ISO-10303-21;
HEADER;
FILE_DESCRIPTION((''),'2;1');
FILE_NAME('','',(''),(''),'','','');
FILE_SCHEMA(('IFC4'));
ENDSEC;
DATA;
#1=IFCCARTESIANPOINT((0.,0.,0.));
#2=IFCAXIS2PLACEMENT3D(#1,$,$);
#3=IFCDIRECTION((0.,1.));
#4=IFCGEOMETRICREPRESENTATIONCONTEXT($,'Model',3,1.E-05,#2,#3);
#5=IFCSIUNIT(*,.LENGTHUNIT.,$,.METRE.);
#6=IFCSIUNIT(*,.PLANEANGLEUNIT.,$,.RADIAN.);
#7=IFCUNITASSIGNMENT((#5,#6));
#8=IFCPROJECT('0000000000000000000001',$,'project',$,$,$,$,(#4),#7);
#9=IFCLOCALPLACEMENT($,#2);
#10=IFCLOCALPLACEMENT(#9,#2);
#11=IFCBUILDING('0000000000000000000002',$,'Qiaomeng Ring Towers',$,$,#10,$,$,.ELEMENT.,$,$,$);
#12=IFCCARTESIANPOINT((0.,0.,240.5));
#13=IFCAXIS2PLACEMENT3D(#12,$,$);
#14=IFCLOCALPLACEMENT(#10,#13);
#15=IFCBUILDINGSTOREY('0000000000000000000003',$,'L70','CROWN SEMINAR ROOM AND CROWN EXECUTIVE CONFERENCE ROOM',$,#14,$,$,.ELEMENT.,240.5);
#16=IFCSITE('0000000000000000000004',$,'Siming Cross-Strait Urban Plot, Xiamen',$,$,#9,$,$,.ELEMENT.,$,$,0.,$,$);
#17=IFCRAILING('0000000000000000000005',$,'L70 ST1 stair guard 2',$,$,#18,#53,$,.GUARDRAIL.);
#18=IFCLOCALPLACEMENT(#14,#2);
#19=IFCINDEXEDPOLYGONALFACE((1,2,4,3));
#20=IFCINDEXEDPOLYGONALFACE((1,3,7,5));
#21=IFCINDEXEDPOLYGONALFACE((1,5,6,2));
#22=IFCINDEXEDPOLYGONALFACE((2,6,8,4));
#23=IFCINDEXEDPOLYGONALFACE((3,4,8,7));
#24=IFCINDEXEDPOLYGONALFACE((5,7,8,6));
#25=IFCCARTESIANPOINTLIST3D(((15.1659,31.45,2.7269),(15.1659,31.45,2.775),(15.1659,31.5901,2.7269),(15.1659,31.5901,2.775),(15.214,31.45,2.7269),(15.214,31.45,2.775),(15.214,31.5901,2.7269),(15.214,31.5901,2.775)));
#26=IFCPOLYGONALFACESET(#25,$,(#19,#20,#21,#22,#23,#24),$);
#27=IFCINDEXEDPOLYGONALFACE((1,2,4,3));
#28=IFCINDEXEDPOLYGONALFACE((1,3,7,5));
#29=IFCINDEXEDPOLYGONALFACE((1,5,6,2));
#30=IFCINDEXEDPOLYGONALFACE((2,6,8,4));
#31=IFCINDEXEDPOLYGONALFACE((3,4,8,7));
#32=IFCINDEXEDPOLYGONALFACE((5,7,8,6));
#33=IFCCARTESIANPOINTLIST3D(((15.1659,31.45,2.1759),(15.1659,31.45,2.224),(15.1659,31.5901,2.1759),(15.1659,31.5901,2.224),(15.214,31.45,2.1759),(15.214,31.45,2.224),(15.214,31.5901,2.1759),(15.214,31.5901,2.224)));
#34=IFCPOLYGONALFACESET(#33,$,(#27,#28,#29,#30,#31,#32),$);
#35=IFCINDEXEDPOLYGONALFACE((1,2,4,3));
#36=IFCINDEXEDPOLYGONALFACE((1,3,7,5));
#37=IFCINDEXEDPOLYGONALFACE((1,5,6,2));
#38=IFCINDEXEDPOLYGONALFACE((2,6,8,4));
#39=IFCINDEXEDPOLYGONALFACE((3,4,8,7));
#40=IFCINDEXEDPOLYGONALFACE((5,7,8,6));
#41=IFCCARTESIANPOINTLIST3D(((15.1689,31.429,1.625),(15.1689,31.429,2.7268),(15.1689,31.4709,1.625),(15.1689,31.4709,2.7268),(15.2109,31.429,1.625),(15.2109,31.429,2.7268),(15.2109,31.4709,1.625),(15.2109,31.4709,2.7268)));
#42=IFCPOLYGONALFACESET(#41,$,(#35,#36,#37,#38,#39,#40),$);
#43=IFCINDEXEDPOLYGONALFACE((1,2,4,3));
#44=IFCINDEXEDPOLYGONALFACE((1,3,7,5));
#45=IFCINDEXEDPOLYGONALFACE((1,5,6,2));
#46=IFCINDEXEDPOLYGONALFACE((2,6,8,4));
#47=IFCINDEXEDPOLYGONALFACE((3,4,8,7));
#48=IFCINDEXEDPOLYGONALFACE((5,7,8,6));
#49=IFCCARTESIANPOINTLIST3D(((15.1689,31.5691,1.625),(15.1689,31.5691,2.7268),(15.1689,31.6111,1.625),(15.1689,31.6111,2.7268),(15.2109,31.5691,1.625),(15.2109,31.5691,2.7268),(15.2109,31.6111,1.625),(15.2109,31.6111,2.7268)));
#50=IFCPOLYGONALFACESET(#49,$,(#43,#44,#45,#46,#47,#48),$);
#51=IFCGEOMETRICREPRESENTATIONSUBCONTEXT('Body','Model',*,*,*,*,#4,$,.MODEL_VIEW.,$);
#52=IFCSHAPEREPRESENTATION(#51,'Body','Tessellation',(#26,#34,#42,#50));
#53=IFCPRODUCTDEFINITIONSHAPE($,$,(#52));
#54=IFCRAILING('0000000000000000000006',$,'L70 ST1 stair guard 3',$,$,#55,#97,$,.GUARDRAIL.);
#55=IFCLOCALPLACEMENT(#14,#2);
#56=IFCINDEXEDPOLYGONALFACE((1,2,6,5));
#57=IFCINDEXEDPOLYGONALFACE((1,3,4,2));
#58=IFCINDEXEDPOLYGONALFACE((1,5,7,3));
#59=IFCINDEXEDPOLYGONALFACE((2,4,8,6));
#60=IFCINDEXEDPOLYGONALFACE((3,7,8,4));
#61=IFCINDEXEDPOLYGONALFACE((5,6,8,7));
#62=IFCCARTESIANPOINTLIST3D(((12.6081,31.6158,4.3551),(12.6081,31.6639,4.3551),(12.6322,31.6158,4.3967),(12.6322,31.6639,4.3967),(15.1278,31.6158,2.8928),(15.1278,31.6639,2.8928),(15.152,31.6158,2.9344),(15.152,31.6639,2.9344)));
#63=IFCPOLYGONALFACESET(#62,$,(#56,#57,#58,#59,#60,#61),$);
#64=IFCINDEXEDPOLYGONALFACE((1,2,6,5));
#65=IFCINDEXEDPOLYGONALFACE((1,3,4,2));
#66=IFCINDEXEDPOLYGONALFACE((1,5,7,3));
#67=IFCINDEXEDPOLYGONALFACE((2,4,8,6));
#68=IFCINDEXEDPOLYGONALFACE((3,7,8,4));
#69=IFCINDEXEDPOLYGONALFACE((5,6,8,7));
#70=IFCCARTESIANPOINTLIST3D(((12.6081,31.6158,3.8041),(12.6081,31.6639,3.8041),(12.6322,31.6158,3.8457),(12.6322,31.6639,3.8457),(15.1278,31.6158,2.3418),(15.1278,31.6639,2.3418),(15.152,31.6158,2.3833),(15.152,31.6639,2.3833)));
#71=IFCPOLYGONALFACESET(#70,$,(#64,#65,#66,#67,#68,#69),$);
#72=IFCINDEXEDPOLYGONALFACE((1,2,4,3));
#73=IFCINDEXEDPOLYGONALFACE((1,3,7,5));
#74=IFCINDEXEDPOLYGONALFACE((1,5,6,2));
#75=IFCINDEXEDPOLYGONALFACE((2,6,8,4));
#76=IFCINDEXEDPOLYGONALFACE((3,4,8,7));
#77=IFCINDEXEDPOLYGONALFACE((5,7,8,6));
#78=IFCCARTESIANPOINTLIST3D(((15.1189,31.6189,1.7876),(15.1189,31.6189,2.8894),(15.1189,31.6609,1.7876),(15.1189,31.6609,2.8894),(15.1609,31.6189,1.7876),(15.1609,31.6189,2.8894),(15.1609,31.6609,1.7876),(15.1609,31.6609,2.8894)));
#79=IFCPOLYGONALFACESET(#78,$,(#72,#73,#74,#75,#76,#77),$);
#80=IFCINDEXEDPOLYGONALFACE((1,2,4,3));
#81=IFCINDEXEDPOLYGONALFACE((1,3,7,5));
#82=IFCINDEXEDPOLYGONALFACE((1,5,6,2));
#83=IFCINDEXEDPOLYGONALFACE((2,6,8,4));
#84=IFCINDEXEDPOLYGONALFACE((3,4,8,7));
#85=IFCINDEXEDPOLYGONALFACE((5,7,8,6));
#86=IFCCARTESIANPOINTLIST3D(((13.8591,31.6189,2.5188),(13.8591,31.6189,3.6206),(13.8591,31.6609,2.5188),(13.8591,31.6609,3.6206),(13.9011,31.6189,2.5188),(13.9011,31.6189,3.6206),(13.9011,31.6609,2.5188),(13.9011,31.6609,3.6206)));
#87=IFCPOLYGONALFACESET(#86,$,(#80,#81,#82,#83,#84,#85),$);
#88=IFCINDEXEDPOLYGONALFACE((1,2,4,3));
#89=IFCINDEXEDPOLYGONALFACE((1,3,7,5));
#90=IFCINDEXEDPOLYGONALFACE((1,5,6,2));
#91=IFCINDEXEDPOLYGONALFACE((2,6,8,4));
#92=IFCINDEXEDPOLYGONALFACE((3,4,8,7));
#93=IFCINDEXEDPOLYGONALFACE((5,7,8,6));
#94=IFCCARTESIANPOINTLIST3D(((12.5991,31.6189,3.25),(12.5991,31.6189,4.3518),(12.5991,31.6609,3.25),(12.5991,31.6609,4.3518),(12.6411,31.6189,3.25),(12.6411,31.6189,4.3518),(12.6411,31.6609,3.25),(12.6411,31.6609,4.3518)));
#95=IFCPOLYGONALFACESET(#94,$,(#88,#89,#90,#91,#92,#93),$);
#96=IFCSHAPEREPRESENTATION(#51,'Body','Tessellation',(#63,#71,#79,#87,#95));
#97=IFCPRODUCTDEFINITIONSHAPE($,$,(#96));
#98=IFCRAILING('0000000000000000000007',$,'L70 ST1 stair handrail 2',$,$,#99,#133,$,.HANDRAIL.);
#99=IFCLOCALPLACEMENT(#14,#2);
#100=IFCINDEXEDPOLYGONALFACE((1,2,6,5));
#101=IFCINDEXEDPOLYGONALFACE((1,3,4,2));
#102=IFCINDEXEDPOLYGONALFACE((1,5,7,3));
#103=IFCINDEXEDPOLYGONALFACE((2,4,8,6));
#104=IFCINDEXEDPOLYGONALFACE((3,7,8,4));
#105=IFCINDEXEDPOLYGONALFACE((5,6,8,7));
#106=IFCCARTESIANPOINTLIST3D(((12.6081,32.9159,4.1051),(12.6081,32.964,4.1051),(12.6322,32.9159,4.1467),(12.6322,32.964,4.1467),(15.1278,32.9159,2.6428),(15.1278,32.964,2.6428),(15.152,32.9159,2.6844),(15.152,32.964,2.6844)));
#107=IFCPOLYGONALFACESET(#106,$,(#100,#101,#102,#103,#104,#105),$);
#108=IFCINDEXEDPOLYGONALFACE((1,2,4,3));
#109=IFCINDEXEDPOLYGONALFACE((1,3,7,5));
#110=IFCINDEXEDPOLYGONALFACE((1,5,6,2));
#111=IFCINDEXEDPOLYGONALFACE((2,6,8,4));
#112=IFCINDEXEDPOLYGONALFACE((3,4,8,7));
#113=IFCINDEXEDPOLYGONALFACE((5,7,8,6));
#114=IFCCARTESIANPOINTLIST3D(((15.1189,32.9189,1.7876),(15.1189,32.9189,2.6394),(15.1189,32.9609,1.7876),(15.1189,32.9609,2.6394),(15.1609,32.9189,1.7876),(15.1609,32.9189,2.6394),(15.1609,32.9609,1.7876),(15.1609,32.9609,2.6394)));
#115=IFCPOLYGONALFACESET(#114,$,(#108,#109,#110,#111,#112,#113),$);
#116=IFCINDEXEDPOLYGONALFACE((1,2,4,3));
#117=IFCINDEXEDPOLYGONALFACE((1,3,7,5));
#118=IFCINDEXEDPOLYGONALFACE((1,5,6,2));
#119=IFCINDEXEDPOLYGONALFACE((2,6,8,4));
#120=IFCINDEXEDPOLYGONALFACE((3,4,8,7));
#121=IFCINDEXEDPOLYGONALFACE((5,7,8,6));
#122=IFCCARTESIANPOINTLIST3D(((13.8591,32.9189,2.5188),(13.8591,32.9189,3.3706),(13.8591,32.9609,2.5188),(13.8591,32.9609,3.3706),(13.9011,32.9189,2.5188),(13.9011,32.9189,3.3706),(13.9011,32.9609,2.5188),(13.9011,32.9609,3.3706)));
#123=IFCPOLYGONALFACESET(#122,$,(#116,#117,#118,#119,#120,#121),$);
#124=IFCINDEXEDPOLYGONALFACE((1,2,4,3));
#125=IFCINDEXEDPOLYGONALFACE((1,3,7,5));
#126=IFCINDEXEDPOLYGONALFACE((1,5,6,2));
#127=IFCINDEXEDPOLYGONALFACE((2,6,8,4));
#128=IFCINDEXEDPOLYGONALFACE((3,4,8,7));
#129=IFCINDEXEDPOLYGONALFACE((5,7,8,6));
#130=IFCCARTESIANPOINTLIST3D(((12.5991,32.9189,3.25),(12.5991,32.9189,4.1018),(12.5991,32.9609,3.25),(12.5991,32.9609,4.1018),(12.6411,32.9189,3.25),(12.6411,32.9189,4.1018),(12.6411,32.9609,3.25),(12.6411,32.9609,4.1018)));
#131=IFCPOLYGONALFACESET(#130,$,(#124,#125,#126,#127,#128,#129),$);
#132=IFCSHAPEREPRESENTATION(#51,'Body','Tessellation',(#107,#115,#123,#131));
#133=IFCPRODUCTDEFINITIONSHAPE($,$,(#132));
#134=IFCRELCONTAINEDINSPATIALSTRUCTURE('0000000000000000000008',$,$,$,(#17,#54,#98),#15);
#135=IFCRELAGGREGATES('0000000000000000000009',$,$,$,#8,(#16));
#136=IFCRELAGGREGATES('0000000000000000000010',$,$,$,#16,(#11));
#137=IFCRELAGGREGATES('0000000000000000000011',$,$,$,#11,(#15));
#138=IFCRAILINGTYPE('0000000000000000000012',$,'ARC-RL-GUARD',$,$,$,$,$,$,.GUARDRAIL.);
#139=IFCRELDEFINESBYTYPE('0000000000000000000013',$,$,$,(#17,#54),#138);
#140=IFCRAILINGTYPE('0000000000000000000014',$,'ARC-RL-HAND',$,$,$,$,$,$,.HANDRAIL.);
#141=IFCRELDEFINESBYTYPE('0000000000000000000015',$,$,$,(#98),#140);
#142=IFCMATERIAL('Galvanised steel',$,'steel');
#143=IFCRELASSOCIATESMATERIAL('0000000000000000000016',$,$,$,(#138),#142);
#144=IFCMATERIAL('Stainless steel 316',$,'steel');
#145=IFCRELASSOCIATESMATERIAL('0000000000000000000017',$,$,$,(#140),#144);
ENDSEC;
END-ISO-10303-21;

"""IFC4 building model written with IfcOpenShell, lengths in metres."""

from ifc_helpers import new_model, si_unit, direction, frame, origin, origin_2d, place, context, subcontext, project, spatial, rectangle, extrude, material, type_object, element, save


model = new_model("IFC4")

# Units and contexts
model_context = context("Model", 3, precision=1e-05, world=origin(), true_north=direction((0.0, 1.0)))
body_context = subcontext(model_context, "Body", "Model", "MODEL_VIEW")
ifc_project = project(units=[si_unit("LENGTHUNIT", "METRE"), si_unit("PLANEANGLEUNIT", "RADIAN")], contexts=[model_context])

# Site, building, storey
site_placement = place(None, origin())
site = spatial("IfcSite", under=ifc_project, at=site_placement, Name="Siming Cross-Strait Urban Plot, Xiamen", CompositionType="ELEMENT", RefElevation=0.0)
building_placement = place(site_placement, origin())
building = spatial("IfcBuilding", under=site, at=building_placement, Name="Qiaomeng Ring Towers", CompositionType="ELEMENT")
storey_placement = place(building_placement, frame((0.0, 0.0, 240.5)))
storey = spatial("IfcBuildingStorey", under=building, at=storey_placement, Name="L70", Description="CROWN SEMINAR ROOM AND CROWN EXECUTIVE CONFERENCE ROOM", CompositionType="ELEMENT", Elevation=240.5)

# Shared definitions
ifc_material_1 = material(Name="Galvanised steel", Category="steel")

# Shared definitions
ifc_material_2 = material(Name="Stainless steel 316", Category="steel")

# Railings
railing_type_1 = type_object("IfcRailingType", Name="ARC-RL-GUARD", PredefinedType="GUARDRAIL", material=ifc_material_1)
railing_1_placement = place(storey_placement, frame((15.1899, 31.45, 1.625)))
element("IfcRailing", 1, at=railing_1_placement, inside=storey, type_object=railing_type_1, Name="L70 ST1 stair guard 2", PredefinedType="GUARDRAIL", context=body_context, shape_type="SweptSolid", body=[
    extrude(rectangle(XDim=0.0481, YDim=0.0481, at=origin_2d()), frame((0.0, 0.0, 1.126), z_axis=(0.0, 1.0, 0.0), x_axis=(-1.0, 0.0, 0.0)), (0.0, 0.0, 1.0), 0.1401),
    extrude(rectangle(XDim=0.0481, YDim=0.0481, at=origin_2d()), frame((0.0, 0.0, 0.575), z_axis=(0.0, 1.0, 0.0), x_axis=(-1.0, 0.0, 0.0)), (0.0, 0.0, 1.0), 0.1401),
    extrude(rectangle(XDim=0.042, YDim=0.042, at=origin_2d()), origin(), (0.0, 0.0, 1.0), 1.1018),
    extrude(rectangle(XDim=0.042, YDim=0.042, at=origin_2d()), frame((0.0, 0.1401, 0.0)), (0.0, 0.0, 1.0), 1.1018),
])
railing_2_placement = place(storey_placement, frame((15.1399, 31.6399, 1.7876)))
element("IfcRailing", 2, at=railing_2_placement, inside=storey, type_object=railing_type_1, Name="L70 ST1 stair guard 3", PredefinedType="GUARDRAIL", context=body_context, shape_type="SweptSolid", body=[
    extrude(rectangle(XDim=0.0481, YDim=0.0481, at=origin_2d()), frame((0.0, 0.0, 1.126), z_axis=(-0.864892, 0.0, 0.501958), x_axis=(0.0, -1.0, 0.0)), (0.0, 0.0, 1.0), 2.9133),
    extrude(rectangle(XDim=0.0481, YDim=0.0481, at=origin_2d()), frame((0.0, 0.0, 0.575), z_axis=(-0.864892, 0.0, 0.501958), x_axis=(0.0, -1.0, 0.0)), (0.0, 0.0, 1.0), 2.9133),
    extrude(rectangle(XDim=0.042, YDim=0.042, at=origin_2d()), origin(), (0.0, 0.0, 1.0), 1.1018),
    extrude(rectangle(XDim=0.042, YDim=0.042, at=origin_2d()), frame((-1.2598, 0.0, 0.7312)), (0.0, 0.0, 1.0), 1.1018),
    extrude(rectangle(XDim=0.042, YDim=0.042, at=origin_2d()), frame((-2.5198, 0.0, 1.4624)), (0.0, 0.0, 1.0), 1.1018),
])
railing_type_2 = type_object("IfcRailingType", Name="ARC-RL-HAND", PredefinedType="HANDRAIL", material=ifc_material_2)
railing_3_placement = place(storey_placement, frame((15.1399, 32.9399, 1.7876)))
element("IfcRailing", 3, at=railing_3_placement, inside=storey, type_object=railing_type_2, Name="L70 ST1 stair handrail 2", PredefinedType="HANDRAIL", context=body_context, shape_type="SweptSolid", body=[
    extrude(rectangle(XDim=0.0481, YDim=0.0481, at=origin_2d()), frame((0.0, 0.0, 0.876), z_axis=(-0.864892, 0.0, 0.501958), x_axis=(0.0, -1.0, 0.0)), (0.0, 0.0, 1.0), 2.9133),
    extrude(rectangle(XDim=0.042, YDim=0.042, at=origin_2d()), origin(), (0.0, 0.0, 1.0), 0.8518),
    extrude(rectangle(XDim=0.042, YDim=0.042, at=origin_2d()), frame((-1.2598, 0.0, 0.7312)), (0.0, 0.0, 1.0), 0.8518),
    extrude(rectangle(XDim=0.042, YDim=0.042, at=origin_2d()), frame((-2.5198, 0.0, 1.4624)), (0.0, 0.0, 1.0), 0.8518),
])

save(model, "model.ifc")
